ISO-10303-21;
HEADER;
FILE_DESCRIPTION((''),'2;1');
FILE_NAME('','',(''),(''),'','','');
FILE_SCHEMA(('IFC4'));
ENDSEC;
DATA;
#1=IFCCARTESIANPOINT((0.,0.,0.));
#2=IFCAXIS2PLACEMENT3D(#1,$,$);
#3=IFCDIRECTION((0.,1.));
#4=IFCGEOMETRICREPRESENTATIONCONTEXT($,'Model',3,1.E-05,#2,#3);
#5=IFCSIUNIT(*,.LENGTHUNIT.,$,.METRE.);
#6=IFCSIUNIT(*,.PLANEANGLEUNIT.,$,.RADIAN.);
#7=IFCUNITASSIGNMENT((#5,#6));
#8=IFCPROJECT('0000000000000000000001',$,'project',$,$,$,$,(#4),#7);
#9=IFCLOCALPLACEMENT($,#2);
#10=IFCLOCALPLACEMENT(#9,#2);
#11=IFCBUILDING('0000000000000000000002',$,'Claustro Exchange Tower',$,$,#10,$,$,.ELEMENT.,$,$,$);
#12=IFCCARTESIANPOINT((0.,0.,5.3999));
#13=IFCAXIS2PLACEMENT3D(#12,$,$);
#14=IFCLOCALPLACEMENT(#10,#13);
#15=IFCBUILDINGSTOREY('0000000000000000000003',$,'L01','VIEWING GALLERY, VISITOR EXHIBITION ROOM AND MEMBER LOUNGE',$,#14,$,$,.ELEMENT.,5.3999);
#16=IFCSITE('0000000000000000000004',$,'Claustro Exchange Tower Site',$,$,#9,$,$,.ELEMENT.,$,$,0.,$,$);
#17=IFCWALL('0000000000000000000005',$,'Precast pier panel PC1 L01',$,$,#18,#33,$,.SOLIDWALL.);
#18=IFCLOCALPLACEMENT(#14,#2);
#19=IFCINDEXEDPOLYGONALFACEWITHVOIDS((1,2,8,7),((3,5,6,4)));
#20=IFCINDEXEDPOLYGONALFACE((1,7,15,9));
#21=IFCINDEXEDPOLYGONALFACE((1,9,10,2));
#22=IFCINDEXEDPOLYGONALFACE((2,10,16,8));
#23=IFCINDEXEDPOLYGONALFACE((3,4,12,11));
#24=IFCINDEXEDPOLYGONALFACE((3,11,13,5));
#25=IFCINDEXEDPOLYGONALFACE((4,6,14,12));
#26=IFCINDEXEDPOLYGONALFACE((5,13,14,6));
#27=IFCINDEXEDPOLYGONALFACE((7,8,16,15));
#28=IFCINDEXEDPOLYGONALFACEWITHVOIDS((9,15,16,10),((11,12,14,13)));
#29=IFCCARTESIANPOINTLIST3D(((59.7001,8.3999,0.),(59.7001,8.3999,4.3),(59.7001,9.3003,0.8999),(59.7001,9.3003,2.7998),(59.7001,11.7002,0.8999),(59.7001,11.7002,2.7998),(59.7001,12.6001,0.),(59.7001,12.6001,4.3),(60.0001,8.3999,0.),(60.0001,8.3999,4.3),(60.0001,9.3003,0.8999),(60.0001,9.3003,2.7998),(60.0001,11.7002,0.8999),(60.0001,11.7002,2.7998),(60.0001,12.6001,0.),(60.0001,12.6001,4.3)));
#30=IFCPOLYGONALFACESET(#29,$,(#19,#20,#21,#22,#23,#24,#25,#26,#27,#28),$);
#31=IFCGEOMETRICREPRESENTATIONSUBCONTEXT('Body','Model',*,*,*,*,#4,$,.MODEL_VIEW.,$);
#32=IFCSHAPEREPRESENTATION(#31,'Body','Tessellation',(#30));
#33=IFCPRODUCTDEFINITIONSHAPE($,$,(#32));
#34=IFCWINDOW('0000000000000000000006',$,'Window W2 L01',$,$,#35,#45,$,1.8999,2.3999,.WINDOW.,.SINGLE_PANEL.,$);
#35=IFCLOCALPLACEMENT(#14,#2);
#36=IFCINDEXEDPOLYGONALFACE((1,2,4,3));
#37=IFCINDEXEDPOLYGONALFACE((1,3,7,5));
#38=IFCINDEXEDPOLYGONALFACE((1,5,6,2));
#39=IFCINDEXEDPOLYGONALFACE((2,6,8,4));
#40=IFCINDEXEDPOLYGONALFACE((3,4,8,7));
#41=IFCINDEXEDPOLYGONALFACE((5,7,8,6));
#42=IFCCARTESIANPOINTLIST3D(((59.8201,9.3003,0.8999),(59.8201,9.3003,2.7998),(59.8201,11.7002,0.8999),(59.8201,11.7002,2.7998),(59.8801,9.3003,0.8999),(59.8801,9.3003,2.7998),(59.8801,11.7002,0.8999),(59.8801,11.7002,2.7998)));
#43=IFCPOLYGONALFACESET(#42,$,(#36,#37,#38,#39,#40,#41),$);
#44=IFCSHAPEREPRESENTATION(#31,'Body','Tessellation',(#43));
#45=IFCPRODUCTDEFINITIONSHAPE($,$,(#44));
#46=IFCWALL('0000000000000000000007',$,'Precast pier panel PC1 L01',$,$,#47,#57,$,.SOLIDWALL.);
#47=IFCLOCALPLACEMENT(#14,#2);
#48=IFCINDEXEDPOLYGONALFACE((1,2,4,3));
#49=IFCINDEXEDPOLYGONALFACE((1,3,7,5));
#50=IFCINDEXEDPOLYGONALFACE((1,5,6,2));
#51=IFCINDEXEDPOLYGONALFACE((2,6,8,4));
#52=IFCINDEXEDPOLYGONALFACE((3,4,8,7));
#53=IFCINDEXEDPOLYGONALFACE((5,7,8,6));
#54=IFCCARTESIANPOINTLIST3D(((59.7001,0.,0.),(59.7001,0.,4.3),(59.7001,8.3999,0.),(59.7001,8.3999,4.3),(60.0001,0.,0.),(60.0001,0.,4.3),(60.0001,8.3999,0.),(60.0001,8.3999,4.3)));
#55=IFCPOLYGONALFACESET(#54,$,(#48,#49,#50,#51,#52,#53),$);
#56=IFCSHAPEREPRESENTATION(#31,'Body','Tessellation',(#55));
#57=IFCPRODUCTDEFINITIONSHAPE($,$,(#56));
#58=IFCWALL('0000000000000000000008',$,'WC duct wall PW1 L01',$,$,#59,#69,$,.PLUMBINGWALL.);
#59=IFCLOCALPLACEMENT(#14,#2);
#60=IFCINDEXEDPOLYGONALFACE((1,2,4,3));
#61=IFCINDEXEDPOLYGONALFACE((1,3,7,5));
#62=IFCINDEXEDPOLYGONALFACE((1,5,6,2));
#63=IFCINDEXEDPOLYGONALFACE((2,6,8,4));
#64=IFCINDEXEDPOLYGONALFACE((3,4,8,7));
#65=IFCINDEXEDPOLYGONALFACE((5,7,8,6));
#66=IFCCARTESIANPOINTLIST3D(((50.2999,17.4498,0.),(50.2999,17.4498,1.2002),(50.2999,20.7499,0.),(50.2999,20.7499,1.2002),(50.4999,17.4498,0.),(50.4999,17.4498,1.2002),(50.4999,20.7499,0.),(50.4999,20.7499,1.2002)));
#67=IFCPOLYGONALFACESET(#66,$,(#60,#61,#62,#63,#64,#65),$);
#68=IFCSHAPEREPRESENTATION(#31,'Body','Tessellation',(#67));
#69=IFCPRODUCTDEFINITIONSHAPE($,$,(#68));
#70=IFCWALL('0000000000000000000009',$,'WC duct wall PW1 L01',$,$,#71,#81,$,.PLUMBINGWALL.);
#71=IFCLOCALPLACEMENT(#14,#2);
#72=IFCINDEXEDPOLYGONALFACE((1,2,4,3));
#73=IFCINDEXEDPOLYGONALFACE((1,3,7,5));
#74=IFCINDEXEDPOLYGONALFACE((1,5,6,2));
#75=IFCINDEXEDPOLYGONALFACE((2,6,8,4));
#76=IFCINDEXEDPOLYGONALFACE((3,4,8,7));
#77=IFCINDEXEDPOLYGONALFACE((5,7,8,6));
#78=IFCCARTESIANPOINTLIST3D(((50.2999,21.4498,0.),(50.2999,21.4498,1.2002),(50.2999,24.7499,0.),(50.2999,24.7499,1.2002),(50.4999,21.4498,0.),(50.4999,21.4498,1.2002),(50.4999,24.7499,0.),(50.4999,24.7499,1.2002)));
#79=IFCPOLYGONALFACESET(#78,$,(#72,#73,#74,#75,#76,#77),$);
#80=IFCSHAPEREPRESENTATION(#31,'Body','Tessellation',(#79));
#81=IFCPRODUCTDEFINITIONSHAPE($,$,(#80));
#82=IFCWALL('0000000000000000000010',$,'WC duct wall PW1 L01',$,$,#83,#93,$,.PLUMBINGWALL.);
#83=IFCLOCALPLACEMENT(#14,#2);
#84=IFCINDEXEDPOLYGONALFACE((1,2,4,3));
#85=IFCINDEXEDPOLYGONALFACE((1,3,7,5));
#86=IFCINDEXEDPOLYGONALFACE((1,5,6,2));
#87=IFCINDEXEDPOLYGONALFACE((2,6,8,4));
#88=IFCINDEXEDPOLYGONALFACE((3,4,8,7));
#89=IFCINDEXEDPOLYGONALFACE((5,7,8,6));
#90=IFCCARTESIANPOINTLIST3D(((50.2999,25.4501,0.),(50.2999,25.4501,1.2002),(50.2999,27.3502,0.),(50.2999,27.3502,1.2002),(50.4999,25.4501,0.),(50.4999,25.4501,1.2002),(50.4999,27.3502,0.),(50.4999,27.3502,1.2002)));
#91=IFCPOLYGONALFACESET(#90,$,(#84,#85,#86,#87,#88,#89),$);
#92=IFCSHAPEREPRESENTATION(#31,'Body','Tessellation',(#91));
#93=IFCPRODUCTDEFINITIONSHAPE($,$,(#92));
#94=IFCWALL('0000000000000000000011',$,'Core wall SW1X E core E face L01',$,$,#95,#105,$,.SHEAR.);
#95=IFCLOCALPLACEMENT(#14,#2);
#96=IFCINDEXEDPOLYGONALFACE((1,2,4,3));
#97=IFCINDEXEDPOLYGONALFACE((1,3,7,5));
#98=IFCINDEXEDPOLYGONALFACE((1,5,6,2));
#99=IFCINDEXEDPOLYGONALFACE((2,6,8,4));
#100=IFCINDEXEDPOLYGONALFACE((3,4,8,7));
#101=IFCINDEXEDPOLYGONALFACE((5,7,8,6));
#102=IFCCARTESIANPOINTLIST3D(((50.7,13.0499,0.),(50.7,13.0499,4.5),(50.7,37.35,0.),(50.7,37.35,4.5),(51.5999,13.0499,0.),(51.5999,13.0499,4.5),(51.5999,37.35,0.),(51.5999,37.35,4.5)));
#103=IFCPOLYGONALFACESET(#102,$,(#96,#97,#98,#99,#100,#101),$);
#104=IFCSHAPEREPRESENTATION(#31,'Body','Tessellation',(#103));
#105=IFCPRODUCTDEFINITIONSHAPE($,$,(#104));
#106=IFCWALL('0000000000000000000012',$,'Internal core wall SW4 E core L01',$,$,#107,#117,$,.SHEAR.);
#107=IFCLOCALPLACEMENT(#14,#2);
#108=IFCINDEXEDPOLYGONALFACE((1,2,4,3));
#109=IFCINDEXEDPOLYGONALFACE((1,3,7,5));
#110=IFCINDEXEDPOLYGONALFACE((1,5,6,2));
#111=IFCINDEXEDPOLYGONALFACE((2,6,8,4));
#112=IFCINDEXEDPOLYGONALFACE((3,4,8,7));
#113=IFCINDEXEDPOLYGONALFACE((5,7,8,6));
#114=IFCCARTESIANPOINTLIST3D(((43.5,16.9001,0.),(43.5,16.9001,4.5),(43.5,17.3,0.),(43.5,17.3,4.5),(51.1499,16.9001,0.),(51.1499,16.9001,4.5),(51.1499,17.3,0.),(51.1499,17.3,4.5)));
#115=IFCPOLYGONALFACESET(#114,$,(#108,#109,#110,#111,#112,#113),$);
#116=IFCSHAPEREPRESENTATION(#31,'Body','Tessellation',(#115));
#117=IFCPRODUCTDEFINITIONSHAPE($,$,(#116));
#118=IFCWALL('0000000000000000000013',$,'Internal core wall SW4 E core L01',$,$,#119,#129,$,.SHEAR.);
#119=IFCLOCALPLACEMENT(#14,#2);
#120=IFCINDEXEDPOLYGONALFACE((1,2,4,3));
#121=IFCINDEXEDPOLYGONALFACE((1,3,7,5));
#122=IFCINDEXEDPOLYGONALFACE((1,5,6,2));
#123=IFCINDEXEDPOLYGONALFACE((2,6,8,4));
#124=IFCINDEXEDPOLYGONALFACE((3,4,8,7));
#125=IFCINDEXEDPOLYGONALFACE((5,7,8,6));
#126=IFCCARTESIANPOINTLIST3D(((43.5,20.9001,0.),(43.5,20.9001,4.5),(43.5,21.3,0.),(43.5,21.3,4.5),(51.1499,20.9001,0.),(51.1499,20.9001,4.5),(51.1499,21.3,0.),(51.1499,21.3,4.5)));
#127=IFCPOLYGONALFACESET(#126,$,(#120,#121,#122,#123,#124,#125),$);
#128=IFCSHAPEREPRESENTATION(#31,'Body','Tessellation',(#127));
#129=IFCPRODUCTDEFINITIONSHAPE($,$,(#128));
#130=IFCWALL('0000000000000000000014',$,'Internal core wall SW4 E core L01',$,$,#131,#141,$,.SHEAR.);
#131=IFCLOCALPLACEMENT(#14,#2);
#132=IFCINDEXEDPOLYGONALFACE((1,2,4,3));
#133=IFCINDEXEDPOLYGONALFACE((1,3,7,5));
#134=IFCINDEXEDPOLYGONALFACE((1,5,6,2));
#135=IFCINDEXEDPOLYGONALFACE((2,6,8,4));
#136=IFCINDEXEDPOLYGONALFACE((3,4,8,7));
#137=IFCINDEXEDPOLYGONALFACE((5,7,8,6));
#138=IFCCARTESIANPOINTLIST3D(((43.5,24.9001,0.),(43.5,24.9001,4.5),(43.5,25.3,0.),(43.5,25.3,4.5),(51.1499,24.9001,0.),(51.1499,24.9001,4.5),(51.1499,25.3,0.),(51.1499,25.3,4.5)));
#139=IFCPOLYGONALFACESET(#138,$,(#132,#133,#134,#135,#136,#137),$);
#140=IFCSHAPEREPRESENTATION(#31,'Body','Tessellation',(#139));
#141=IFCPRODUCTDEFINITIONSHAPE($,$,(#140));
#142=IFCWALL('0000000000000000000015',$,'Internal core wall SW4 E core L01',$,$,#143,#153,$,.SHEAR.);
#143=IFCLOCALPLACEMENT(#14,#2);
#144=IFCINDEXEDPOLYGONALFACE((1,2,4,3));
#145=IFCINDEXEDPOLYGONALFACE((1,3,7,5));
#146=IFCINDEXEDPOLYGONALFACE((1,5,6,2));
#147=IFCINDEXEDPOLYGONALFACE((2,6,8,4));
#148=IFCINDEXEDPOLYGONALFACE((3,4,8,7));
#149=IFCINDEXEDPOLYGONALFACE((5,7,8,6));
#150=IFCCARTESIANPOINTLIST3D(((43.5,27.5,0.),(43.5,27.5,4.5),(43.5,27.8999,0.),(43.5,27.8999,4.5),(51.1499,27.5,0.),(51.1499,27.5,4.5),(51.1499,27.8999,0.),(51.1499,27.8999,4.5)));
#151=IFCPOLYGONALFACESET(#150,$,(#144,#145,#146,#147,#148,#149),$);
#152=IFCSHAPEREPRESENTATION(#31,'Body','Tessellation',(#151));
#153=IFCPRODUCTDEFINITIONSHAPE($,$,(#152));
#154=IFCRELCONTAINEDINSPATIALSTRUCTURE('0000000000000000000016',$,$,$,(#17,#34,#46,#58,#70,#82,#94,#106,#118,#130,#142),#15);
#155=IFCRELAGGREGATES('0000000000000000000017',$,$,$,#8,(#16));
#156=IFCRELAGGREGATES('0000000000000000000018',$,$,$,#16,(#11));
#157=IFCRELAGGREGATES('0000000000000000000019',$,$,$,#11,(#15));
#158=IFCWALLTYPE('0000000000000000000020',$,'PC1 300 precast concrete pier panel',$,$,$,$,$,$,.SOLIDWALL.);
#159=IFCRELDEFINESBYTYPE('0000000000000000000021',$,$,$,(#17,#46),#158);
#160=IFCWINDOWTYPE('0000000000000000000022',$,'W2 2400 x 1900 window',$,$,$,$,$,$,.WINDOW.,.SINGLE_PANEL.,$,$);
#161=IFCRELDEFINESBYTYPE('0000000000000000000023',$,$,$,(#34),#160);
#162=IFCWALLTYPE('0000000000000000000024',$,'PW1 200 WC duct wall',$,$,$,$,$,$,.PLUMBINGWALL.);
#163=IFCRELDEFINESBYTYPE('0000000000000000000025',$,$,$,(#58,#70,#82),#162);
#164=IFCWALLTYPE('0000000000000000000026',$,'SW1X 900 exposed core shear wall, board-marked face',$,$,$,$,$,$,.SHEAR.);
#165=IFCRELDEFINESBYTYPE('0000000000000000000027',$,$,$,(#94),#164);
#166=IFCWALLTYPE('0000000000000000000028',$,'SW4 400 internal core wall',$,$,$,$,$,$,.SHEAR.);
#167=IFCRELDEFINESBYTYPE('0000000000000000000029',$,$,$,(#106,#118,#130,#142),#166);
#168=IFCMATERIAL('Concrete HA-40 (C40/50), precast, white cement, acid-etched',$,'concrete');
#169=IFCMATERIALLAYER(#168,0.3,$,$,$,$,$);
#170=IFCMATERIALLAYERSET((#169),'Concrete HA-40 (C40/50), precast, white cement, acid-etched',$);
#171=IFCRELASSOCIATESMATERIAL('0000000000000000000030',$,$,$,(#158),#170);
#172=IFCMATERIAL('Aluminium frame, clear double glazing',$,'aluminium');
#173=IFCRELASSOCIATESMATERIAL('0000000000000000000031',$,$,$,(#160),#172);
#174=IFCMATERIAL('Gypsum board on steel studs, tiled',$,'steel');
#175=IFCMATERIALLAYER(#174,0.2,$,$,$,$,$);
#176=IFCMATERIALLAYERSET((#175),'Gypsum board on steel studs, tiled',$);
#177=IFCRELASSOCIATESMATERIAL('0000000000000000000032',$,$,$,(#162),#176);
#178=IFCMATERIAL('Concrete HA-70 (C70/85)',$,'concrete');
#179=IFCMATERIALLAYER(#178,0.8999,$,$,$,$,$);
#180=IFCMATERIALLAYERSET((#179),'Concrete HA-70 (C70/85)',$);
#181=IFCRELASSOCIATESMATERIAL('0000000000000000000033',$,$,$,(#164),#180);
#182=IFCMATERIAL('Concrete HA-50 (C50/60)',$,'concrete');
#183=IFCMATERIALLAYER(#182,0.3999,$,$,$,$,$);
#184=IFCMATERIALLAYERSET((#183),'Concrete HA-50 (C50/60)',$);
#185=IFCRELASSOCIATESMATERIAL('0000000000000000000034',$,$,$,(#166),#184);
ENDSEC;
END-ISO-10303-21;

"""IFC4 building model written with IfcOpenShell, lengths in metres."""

from ifc_helpers import new_model, si_unit, direction, frame, frame_2d, origin, place, context, subcontext, project, spatial, rectangle, extrude, material, layer, layer_set, type_object, element, fill, save


model = new_model("IFC4")

# Units and contexts
model_context = context("Model", 3, precision=1e-05, world=origin(), true_north=direction((0.0, 1.0)))
body_context = subcontext(model_context, "Body", "Model", "MODEL_VIEW")
ifc_project = project(units=[si_unit("LENGTHUNIT", "METRE"), si_unit("PLANEANGLEUNIT", "RADIAN")], contexts=[model_context])

# Site, building, storey
site_placement = place(None, origin())
site = spatial("IfcSite", under=ifc_project, at=site_placement, Name="Claustro Exchange Tower Site", CompositionType="ELEMENT", RefElevation=0.0)
building_placement = place(site_placement, origin())
building = spatial("IfcBuilding", under=site, at=building_placement, Name="Claustro Exchange Tower", CompositionType="ELEMENT")
storey_placement = place(building_placement, frame((0.0, 0.0, 5.3999)))
storey = spatial("IfcBuildingStorey", under=building, at=storey_placement, Name="L01", Description="VIEWING GALLERY, VISITOR EXHIBITION ROOM AND MEMBER LOUNGE", CompositionType="ELEMENT", Elevation=5.3999)

# Shared definitions
ifc_material_1 = material(Name="Concrete HA-40 (C40/50), precast, white cement, acid-etched", Category="concrete")
ifc_layer_1 = layer(ifc_material_1, 0.3)
ifc_layer_set_1 = layer_set([ifc_layer_1], Name="Concrete HA-40 (C40/50), precast, white cement, acid-etched")
wall_type_1 = type_object("IfcWallType", Name="PC1 300 precast concrete pier panel", PredefinedType="SOLIDWALL", material=ifc_layer_set_1)

# Wall, opening, window
ifc_material_2 = material(Name="Aluminium frame, clear double glazing", Category="aluminium")
window_type_1 = type_object("IfcWindowType", Name="W2 2400 x 1900 window", PartitioningType="SINGLE_PANEL", PredefinedType="WINDOW", material=ifc_material_2)
wall_1_placement = place(storey_placement, frame((59.8501, 12.6001, 0.0), z_axis=(0.0, 0.0, 1.0), x_axis=(0.0, -1.0, 0.0)))
wall_1 = element("IfcWall", 1, at=wall_1_placement, inside=storey, type_object=wall_type_1, Name="Precast pier panel PC1 L01", PredefinedType="SOLIDWALL", context=body_context, shape_type="SweptSolid", body=[
    extrude(rectangle(XDim=4.2002, YDim=0.3, at=frame_2d((2.1001, 0.0))), origin(), (0.0, 0.0, 1.0), 4.3),
])
opening_1_placement = place(wall_1_placement, frame((0.8999, 0.0, 0.8999)))
opening_1 = element("IfcOpeningElement", 2, at=opening_1_placement, cuts=wall_1, PredefinedType="OPENING", context=body_context, shape_type="SweptSolid", body=[
    extrude(rectangle(XDim=2.3999, YDim=1.8999, at=frame_2d((1.2, 0.95))), frame((0.0, 0.1599, 0.0), z_axis=(0.0, -1.0, 0.0), x_axis=(1.0, 0.0, 0.0)), (0.0, 0.0, 1.0), 0.3201),
])
window_1_placement = place(opening_1_placement, origin())
window_1 = element("IfcWindow", 3, at=window_1_placement, inside=storey, type_object=window_type_1, Name="Window W2 L01", OverallHeight=1.8999, OverallWidth=2.3999, PartitioningType="SINGLE_PANEL", PredefinedType="WINDOW", context=body_context, shape_type="SweptSolid", body=[
    extrude(rectangle(XDim=2.3999, YDim=1.8999, at=frame_2d((1.2, 0.95))), frame((0.0, 0.03, 0.0), z_axis=(0.0, -1.0, 0.0), x_axis=(1.0, 0.0, 0.0)), (0.0, 0.0, 1.0), 0.0601),
])
fill(opening_1, window_1)

# Walls
wall_2_placement = place(storey_placement, frame((59.8501, 8.3999, 0.0), z_axis=(0.0, 0.0, 1.0), x_axis=(0.0, -1.0, 0.0)))
element("IfcWall", 4, at=wall_2_placement, inside=storey, type_object=wall_type_1, Name="Precast pier panel PC1 L01", PredefinedType="SOLIDWALL", context=body_context, shape_type="SweptSolid", body=[
    extrude(rectangle(XDim=8.3999, YDim=0.3, at=frame_2d((4.2, 0.0))), origin(), (0.0, 0.0, 1.0), 4.3),
])
ifc_material_3 = material(Name="Gypsum board on steel studs, tiled", Category="steel")
ifc_layer_2 = layer(ifc_material_3, 0.2)
ifc_layer_set_2 = layer_set([ifc_layer_2], Name="Gypsum board on steel studs, tiled")
wall_type_2 = type_object("IfcWallType", Name="PW1 200 WC duct wall", PredefinedType="PLUMBINGWALL", material=ifc_layer_set_2)
for number, where, z_axis, x_axis, name in (
    (5, (50.3999, 17.45, 0.0), (0.0, 0.0, 1.0), (0.0, 1.0, 0.0), "WC duct wall PW1 L01"),
    (6, (50.3999, 21.45, 0.0), (0.0, 0.0, 1.0), (0.0, 1.0, 0.0), "WC duct wall PW1 L01"),
):
    element("IfcWall", number, at=place(storey_placement, frame(where, z_axis=z_axis, x_axis=x_axis)), inside=storey, type_object=wall_type_2, Name=name, PredefinedType="PLUMBINGWALL", context=body_context, shape_type="SweptSolid", body=[
        extrude(rectangle(XDim=3.3, YDim=0.2, at=frame_2d((1.6499, 0.0))), origin(), (0.0, 0.0, 1.0), 1.2002),
    ])
wall_3_placement = place(storey_placement, frame((50.3999, 25.45, 0.0), z_axis=(0.0, 0.0, 1.0), x_axis=(0.0, 1.0, 0.0)))
element("IfcWall", 7, at=wall_3_placement, inside=storey, type_object=wall_type_2, Name="WC duct wall PW1 L01", PredefinedType="PLUMBINGWALL", context=body_context, shape_type="SweptSolid", body=[
    extrude(rectangle(XDim=1.9001, YDim=0.2, at=frame_2d((0.9502, 0.0))), origin(), (0.0, 0.0, 1.0), 1.2002),
])
ifc_material_4 = material(Name="Concrete HA-70 (C70/85)", Category="concrete")
ifc_layer_3 = layer(ifc_material_4, 0.8999)
ifc_layer_set_3 = layer_set([ifc_layer_3], Name="Concrete HA-70 (C70/85)")
wall_type_3 = type_object("IfcWallType", Name="SW1X 900 exposed core shear wall, board-marked face", PredefinedType="SHEAR", material=ifc_layer_set_3)
wall_4_placement = place(storey_placement, frame((51.1499, 13.05, 0.0), z_axis=(0.0, 0.0, 1.0), x_axis=(0.0, 1.0, 0.0)))
element("IfcWall", 8, at=wall_4_placement, inside=storey, type_object=wall_type_3, Name="Core wall SW1X E core E face L01", PredefinedType="SHEAR", context=body_context, shape_type="SweptSolid", body=[
    extrude(rectangle(XDim=24.3, YDim=0.8999, at=frame_2d((12.1499, 0.0))), origin(), (0.0, 0.0, 1.0), 4.5),
])
ifc_material_5 = material(Name="Concrete HA-50 (C50/60)", Category="concrete")
ifc_layer_4 = layer(ifc_material_5, 0.3999)
ifc_layer_set_4 = layer_set([ifc_layer_4], Name="Concrete HA-50 (C50/60)")
wall_type_4 = type_object("IfcWallType", Name="SW4 400 internal core wall", PredefinedType="SHEAR", material=ifc_layer_set_4)
for number, where, z_axis, x_axis, name in (
    (9, (51.1499, 17.1001, 0.0), (0.0, 0.0, 1.0), (-1.0, 0.0, 0.0), "Internal core wall SW4 E core L01"),
    (10, (51.1499, 21.1001, 0.0), (0.0, 0.0, 1.0), (-1.0, 0.0, 0.0), "Internal core wall SW4 E core L01"),
    (11, (51.1499, 25.1001, 0.0), (0.0, 0.0, 1.0), (-1.0, 0.0, 0.0), "Internal core wall SW4 E core L01"),
    (12, (51.1499, 27.7, 0.0), (0.0, 0.0, 1.0), (-1.0, 0.0, 0.0), "Internal core wall SW4 E core L01"),
):
    element("IfcWall", number, at=place(storey_placement, frame(where, z_axis=z_axis, x_axis=x_axis)), inside=storey, type_object=wall_type_4, Name=name, PredefinedType="SHEAR", context=body_context, shape_type="SweptSolid", body=[
        extrude(rectangle(XDim=7.6499, YDim=0.3999, at=frame_2d((3.825, 0.0))), origin(), (0.0, 0.0, 1.0), 4.5),
    ])

save(model, "model.ifc")
